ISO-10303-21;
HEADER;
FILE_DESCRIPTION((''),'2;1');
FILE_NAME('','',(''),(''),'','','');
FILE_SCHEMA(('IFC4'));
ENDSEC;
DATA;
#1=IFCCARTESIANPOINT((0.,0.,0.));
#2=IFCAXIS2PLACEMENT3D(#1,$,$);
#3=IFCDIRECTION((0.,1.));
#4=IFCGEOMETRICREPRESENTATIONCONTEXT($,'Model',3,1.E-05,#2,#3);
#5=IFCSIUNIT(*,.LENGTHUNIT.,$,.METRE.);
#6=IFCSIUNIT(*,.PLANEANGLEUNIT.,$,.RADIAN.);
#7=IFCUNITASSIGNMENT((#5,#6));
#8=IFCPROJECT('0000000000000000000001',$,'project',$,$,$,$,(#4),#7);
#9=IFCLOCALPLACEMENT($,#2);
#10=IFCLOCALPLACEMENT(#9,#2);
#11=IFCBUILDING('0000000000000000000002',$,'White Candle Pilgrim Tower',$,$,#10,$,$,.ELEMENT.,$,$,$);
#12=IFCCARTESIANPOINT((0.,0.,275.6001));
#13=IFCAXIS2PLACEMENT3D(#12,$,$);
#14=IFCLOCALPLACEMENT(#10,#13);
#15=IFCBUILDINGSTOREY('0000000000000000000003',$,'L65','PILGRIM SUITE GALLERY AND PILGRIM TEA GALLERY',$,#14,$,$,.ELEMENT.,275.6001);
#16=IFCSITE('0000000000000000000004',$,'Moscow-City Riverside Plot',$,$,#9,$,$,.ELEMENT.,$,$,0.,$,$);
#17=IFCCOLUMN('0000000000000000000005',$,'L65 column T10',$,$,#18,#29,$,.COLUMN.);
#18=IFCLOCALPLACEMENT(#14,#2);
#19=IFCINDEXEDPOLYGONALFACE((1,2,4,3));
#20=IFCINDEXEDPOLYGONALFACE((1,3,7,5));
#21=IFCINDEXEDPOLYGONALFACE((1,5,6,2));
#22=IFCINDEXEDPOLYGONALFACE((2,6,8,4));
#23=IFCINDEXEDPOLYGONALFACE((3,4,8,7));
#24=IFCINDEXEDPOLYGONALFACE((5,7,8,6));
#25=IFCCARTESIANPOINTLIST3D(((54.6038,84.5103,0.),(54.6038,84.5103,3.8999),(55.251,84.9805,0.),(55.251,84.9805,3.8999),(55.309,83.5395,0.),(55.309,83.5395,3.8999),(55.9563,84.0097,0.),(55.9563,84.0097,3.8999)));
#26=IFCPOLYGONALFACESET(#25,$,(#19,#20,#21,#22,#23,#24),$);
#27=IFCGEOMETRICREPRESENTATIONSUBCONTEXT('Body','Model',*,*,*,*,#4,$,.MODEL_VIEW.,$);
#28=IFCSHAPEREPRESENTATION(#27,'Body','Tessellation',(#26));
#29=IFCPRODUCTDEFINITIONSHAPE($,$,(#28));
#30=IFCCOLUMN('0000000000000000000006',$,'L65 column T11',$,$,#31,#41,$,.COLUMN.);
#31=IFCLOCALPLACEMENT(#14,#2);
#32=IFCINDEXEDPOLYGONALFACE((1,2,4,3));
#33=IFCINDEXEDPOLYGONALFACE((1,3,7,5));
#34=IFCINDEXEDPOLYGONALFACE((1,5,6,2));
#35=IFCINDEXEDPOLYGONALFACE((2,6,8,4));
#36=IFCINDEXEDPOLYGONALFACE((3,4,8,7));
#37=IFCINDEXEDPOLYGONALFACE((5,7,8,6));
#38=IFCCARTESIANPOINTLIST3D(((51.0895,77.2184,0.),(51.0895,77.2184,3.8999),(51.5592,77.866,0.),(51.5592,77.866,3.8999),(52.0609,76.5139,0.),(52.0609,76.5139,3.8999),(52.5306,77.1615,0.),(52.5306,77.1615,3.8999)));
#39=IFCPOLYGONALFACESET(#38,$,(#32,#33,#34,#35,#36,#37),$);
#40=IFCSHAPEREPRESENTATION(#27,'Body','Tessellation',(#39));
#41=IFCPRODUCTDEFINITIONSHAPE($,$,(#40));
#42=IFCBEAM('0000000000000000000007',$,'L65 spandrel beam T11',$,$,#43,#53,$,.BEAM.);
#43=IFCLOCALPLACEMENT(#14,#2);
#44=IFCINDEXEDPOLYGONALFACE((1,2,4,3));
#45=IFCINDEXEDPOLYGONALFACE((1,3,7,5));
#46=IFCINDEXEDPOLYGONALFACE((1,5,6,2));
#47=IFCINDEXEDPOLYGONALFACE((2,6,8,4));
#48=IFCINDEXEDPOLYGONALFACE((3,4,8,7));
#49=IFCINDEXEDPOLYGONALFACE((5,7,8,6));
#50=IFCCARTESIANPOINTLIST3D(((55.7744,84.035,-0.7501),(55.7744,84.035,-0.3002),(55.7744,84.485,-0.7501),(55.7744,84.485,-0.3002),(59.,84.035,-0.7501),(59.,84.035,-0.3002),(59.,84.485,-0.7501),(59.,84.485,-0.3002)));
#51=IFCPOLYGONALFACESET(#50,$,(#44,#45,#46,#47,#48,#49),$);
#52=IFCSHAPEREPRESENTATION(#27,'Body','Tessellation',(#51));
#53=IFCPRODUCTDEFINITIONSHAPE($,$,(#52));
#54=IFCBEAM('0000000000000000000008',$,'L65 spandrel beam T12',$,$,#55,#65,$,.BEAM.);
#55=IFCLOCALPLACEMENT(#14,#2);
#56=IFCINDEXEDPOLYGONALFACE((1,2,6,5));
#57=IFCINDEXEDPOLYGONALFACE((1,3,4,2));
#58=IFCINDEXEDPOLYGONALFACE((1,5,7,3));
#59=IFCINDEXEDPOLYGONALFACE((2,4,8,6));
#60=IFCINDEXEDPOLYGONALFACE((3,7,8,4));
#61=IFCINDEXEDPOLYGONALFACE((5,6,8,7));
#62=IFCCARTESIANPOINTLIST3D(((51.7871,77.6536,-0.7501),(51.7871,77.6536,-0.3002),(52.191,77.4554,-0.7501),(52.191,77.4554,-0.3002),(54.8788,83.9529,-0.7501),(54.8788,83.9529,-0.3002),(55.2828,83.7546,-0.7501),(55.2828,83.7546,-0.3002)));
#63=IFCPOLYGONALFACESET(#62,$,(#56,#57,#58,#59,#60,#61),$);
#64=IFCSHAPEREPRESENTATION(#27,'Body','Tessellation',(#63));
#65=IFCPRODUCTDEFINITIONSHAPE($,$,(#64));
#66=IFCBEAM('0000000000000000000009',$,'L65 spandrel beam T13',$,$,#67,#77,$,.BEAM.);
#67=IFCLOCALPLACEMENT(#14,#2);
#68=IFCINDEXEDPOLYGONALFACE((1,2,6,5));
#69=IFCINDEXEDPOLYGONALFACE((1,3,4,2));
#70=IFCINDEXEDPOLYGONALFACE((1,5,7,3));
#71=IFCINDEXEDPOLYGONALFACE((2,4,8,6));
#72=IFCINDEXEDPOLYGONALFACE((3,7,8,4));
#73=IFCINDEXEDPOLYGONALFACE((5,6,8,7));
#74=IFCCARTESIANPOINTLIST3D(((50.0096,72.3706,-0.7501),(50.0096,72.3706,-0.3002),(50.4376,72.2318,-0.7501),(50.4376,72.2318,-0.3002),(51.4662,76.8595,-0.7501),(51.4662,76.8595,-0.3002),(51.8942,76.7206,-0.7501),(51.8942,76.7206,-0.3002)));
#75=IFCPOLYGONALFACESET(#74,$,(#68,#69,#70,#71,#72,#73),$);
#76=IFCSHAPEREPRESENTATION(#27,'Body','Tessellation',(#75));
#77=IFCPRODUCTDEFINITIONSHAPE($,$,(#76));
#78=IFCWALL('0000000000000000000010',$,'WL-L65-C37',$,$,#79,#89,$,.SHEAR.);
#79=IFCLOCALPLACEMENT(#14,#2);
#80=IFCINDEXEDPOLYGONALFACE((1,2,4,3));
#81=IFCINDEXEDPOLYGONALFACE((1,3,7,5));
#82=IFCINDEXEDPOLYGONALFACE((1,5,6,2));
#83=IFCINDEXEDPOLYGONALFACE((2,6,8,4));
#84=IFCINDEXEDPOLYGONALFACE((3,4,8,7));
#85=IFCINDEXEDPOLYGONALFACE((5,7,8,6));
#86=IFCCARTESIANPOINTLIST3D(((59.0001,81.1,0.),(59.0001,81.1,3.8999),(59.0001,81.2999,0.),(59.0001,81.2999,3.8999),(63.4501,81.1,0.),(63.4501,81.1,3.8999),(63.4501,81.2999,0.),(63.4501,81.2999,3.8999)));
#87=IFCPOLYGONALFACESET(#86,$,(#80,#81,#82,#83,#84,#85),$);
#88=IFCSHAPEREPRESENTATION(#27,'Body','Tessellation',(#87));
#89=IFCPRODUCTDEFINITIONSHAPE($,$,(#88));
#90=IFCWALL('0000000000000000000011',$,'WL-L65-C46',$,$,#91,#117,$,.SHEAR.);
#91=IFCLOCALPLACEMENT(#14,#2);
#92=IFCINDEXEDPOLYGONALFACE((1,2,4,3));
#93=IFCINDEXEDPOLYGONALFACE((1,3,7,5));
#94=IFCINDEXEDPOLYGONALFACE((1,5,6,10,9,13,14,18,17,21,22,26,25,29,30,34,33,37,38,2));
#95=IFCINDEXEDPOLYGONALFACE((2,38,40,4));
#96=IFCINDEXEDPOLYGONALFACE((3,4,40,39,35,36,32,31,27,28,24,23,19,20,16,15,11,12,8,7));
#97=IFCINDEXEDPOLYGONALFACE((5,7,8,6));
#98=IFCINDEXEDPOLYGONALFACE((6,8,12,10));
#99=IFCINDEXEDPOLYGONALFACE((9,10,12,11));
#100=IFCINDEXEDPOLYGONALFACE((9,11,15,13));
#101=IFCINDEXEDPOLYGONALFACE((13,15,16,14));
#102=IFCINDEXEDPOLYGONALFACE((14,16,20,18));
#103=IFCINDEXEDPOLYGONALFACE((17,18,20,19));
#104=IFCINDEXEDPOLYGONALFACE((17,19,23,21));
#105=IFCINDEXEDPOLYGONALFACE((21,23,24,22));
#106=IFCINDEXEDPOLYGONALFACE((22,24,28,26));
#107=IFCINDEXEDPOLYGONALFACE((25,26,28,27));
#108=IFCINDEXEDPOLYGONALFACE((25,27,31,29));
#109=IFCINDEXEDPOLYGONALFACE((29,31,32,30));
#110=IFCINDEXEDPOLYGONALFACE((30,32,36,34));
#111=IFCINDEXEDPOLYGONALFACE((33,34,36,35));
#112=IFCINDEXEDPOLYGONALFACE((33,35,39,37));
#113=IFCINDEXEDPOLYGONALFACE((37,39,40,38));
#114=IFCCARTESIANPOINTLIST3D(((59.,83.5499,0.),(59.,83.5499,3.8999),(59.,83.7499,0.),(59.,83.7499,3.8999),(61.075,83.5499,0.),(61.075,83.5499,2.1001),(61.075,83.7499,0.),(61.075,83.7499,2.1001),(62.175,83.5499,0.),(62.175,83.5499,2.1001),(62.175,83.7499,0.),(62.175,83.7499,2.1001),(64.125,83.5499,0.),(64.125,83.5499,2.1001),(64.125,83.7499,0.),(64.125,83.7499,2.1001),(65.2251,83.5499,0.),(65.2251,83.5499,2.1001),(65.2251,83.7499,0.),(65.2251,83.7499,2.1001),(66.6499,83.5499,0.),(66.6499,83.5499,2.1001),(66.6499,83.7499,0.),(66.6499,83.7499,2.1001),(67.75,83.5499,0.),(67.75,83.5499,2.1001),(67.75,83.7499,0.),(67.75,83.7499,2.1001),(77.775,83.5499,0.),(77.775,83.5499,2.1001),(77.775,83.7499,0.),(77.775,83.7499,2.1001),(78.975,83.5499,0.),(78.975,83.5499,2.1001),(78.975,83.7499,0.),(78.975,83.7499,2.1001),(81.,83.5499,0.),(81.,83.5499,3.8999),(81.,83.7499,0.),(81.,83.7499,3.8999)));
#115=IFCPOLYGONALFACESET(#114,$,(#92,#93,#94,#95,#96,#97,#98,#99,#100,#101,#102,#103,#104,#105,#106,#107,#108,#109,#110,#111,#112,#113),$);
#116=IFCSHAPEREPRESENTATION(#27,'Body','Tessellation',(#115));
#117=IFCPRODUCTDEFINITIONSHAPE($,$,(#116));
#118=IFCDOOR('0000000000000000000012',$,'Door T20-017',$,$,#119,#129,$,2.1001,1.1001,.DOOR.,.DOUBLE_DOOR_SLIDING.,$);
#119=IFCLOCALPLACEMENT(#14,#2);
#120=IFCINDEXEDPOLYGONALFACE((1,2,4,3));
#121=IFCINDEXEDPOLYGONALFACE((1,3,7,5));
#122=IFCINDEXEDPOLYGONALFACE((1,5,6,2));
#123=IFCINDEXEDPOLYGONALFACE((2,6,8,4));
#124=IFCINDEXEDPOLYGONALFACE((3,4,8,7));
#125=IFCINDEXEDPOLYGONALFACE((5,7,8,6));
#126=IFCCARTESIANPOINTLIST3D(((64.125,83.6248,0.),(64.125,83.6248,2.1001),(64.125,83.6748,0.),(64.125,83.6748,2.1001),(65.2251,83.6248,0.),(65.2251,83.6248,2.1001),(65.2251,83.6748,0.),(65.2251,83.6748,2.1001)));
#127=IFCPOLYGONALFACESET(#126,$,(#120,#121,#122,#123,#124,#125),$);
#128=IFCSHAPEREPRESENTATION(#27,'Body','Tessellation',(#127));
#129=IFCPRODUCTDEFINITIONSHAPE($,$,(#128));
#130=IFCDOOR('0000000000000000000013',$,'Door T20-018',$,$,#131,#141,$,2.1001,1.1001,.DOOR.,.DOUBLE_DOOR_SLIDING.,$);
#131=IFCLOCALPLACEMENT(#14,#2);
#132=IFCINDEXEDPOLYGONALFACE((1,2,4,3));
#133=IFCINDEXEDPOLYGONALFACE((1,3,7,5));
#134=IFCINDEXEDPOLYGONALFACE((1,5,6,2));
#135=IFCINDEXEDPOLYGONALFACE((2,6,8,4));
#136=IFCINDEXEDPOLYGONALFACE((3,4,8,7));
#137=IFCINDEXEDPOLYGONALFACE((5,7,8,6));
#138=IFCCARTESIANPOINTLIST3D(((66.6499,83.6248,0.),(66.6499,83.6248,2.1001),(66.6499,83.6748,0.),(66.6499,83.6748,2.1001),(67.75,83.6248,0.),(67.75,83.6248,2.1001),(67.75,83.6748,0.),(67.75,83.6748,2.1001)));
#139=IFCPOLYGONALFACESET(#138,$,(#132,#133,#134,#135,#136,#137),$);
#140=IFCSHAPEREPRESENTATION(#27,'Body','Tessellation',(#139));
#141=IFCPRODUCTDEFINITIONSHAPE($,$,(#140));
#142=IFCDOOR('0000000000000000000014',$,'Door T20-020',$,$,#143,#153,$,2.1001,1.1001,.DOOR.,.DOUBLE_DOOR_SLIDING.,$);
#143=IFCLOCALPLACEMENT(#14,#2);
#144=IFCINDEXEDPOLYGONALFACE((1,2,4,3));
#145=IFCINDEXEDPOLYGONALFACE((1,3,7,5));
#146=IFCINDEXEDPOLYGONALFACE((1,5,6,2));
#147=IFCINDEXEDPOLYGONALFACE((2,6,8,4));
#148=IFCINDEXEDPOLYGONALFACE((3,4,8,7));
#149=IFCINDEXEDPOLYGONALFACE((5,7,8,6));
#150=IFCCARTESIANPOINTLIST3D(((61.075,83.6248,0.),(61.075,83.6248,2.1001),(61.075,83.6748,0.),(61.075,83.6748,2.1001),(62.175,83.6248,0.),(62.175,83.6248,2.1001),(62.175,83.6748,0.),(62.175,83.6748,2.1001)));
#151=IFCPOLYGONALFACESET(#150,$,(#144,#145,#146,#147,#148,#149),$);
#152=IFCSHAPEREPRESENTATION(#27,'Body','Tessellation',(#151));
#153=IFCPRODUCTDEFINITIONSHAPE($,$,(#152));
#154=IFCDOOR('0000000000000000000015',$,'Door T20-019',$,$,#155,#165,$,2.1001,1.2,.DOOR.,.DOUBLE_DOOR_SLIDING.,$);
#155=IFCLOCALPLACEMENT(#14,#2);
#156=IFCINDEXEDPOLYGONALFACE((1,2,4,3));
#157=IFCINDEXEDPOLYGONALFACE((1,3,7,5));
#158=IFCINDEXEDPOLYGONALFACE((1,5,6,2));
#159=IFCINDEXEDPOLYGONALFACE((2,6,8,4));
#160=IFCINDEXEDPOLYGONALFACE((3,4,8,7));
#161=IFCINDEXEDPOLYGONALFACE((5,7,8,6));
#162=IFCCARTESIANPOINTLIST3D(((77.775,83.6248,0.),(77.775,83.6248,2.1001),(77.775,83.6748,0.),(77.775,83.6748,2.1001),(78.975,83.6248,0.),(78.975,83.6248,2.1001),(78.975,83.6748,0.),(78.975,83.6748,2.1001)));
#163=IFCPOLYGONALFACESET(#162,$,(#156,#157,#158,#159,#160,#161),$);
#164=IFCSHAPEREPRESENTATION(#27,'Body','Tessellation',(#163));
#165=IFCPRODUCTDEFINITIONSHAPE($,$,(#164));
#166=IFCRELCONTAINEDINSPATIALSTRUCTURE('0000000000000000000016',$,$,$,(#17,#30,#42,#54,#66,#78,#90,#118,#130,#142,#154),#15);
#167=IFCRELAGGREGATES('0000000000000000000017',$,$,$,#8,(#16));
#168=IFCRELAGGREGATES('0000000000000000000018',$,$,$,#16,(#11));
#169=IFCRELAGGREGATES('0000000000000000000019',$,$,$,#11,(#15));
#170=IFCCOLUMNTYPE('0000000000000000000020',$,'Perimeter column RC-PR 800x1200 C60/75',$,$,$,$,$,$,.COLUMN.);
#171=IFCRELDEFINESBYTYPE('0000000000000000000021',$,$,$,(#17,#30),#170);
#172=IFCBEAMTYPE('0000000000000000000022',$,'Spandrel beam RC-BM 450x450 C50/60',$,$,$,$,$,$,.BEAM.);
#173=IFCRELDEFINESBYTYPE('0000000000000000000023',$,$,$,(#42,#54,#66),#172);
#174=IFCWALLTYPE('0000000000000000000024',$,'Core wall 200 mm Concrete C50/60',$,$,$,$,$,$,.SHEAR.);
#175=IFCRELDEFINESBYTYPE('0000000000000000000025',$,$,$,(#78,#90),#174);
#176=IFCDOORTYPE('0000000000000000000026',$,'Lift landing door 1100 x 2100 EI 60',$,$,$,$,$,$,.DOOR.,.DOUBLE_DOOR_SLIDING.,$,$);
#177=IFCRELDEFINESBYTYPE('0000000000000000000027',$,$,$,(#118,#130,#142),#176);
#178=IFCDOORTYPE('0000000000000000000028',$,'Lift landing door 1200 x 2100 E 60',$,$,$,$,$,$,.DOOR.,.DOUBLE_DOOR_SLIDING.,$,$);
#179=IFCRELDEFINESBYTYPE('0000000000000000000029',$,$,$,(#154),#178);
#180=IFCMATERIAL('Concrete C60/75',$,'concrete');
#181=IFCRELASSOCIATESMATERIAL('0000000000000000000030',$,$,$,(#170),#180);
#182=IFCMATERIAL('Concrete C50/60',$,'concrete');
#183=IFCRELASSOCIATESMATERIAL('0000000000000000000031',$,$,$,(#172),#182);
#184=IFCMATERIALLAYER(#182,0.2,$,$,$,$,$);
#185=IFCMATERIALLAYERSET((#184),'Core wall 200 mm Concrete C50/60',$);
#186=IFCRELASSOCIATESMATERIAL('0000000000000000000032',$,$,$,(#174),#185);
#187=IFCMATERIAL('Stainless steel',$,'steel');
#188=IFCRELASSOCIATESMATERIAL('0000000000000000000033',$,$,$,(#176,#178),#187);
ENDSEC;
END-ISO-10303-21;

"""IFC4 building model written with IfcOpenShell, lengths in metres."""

from ifc_helpers import new_model, si_unit, direction, frame, frame_2d, origin, origin_2d, place, context, subcontext, project, spatial, rectangle, extrude, material, layer, layer_set, material_profile, profile_set, type_object, element, fill, save


model = new_model("IFC4")

# Units and contexts
model_context = context("Model", 3, precision=1e-05, world=origin(), true_north=direction((0.0, 1.0)))
body_context = subcontext(model_context, "Body", "Model", "MODEL_VIEW")
ifc_project = project(units=[si_unit("LENGTHUNIT", "METRE"), si_unit("PLANEANGLEUNIT", "RADIAN")], contexts=[model_context])

# Site, building, storey
site_placement = place(None, origin())
site = spatial("IfcSite", under=ifc_project, at=site_placement, Name="Moscow-City Riverside Plot", CompositionType="ELEMENT", RefElevation=0.0)
building_placement = place(site_placement, origin())
building = spatial("IfcBuilding", under=site, at=building_placement, Name="White Candle Pilgrim Tower", CompositionType="ELEMENT")
storey_placement = place(building_placement, frame((0.0, 0.0, 275.6001)))
storey = spatial("IfcBuildingStorey", under=building, at=storey_placement, Name="L65", Description="PILGRIM SUITE GALLERY AND PILGRIM TEA GALLERY", CompositionType="ELEMENT", Elevation=275.6001)

# Columns
ifc_material_1 = material(Name="Concrete C60/75", Category="concrete")
ifc_material_profile_1 = material_profile(ifc_material_1, rectangle(XDim=0.8, YDim=1.2, at=origin_2d()), Name="RC-PR 800x1200")
ifc_profile_set_1 = profile_set([ifc_material_profile_1], Name="Concrete C60/75")
column_type = type_object("IfcColumnType", Name="Perimeter column RC-PR 800x1200 C60/75", PredefinedType="COLUMN", material=ifc_profile_set_1)
for number, where, z_axis, x_axis, name in (
    (1, (55.28, 84.26, 0.0), (0.0, 0.0, 1.0), (0.809027, 0.587771, 0.0), "L65 column T10"),
    (2, (51.8101, 77.1899, 0.0), (0.0, 0.0, 1.0), (0.587107, 0.809509, 0.0), "L65 column T11"),
):
    element("IfcColumn", number, at=place(storey_placement, frame(where, z_axis=z_axis, x_axis=x_axis)), inside=storey, type_object=column_type, Name=name, PredefinedType="COLUMN", context=body_context, shape_type="SweptSolid", body=[
        extrude(rectangle(XDim=0.8, YDim=1.2, at=origin_2d()), origin(), (0.0, 0.0, 1.0), 3.8999),
    ])

# Beams
ifc_material_2 = material(Name="Concrete C50/60", Category="concrete")
ifc_material_profile_2 = material_profile(ifc_material_2, rectangle(XDim=0.45, YDim=0.45, at=origin_2d()), Name="RC-BM 450x450")
ifc_profile_set_2 = profile_set([ifc_material_profile_2], Name="Concrete C50/60")
beam_type = type_object("IfcBeamType", Name="Spandrel beam RC-BM 450x450 C50/60", PredefinedType="BEAM", material=ifc_profile_set_2)
beam_1_placement = place(storey_placement, frame((55.7744, 84.26, -0.5251), z_axis=(1.0, 0.0, 0.0), x_axis=(0.0, 1.0, 0.0)))
element("IfcBeam", 3, at=beam_1_placement, inside=storey, type_object=beam_type, Name="L65 spandrel beam T11", PredefinedType="BEAM", context=body_context, shape_type="SweptSolid", body=[
    extrude(rectangle(XDim=0.45, YDim=0.45, at=origin_2d()), origin(), (0.0, 0.0, 1.0), 3.2256),
])
beam_2_placement = place(storey_placement, frame((55.0808, 83.8538, -0.5251), z_axis=(-0.440605, -0.897701, 0.0), x_axis=(0.897701, -0.440605, 0.0)))
element("IfcBeam", 4, at=beam_2_placement, inside=storey, type_object=beam_type, Name="L65 spandrel beam T12", PredefinedType="BEAM", context=body_context, shape_type="SweptSolid", body=[
    extrude(rectangle(XDim=0.45, YDim=0.45, at=origin_2d()), origin(), (0.0, 0.0, 1.0), 7.0171),
])
beam_3_placement = place(storey_placement, frame((51.6802, 76.79, -0.5251), z_axis=(-0.308644, -0.951178, 0.0), x_axis=(0.951178, -0.308644, 0.0)))
element("IfcBeam", 5, at=beam_3_placement, inside=storey, type_object=beam_type, Name="L65 spandrel beam T13", PredefinedType="BEAM", context=body_context, shape_type="SweptSolid", body=[
    extrude(rectangle(XDim=0.45, YDim=0.45, at=origin_2d()), origin(), (0.0, 0.0, 1.0), 4.7192),
])

# Wall
ifc_layer_1 = layer(ifc_material_2, 0.2)
ifc_layer_set_1 = layer_set([ifc_layer_1], Name="Core wall 200 mm Concrete C50/60")
wall_type_1 = type_object("IfcWallType", Name="Core wall 200 mm Concrete C50/60", PredefinedType="SHEAR", material=ifc_layer_set_1)
wall_1_placement = place(storey_placement, frame((59.0, 81.2, 0.0), z_axis=(0.0, 0.0, 1.0), x_axis=(1.0, 0.0, 0.0)))
element("IfcWall", 6, at=wall_1_placement, inside=storey, type_object=wall_type_1, Name="WL-L65-C37", PredefinedType="SHEAR", context=body_context, shape_type="SweptSolid", body=[
    extrude(rectangle(XDim=4.45, YDim=0.2, at=frame_2d((2.2251, 0.0))), origin(), (0.0, 0.0, 1.0), 3.8999),
])

# Wall, openings, doors
wall_2_placement = place(storey_placement, frame((59.0, 83.6499, 0.0), z_axis=(0.0, 0.0, 1.0), x_axis=(1.0, 0.0, 0.0)))
wall_2 = element("IfcWall", 7, at=wall_2_placement, inside=storey, type_object=wall_type_1, Name="WL-L65-C46", PredefinedType="SHEAR", context=body_context, shape_type="SweptSolid", body=[
    extrude(rectangle(XDim=22.0, YDim=0.2, at=frame_2d((11.0, 0.0))), origin(), (0.0, 0.0, 1.0), 3.8999),
])
opening_1_placement = place(wall_2_placement, frame((5.125, 0.0, 0.0)))
opening_1 = element("IfcOpeningElement", 8, at=opening_1_placement, cuts=wall_2, PredefinedType="OPENING", context=body_context, shape_type="SweptSolid", body=[
    extrude(rectangle(XDim=1.1001, YDim=2.1001, at=frame_2d((0.55, 1.05))), frame((0.0, 0.1099, 0.0), z_axis=(0.0, -1.0, 0.0), x_axis=(1.0, 0.0, 0.0)), (0.0, 0.0, 1.0), 0.22),
])
opening_2_placement = place(wall_2_placement, frame((7.6499, 0.0, 0.0)))
opening_2 = element("IfcOpeningElement", 9, at=opening_2_placement, cuts=wall_2, PredefinedType="OPENING", context=body_context, shape_type="SweptSolid", body=[
    extrude(rectangle(XDim=1.1001, YDim=2.1001, at=frame_2d((0.55, 1.05))), frame((0.0, 0.1099, 0.0), z_axis=(0.0, -1.0, 0.0), x_axis=(1.0, 0.0, 0.0)), (0.0, 0.0, 1.0), 0.22),
])
opening_3_placement = place(wall_2_placement, frame((18.7749, 0.0, 0.0)))
opening_3 = element("IfcOpeningElement", 10, at=opening_3_placement, cuts=wall_2, PredefinedType="OPENING", context=body_context, shape_type="SweptSolid", body=[
    extrude(rectangle(XDim=1.2, YDim=2.1001, at=frame_2d((0.6001, 1.05))), frame((0.0, 0.1099, 0.0), z_axis=(0.0, -1.0, 0.0), x_axis=(1.0, 0.0, 0.0)), (0.0, 0.0, 1.0), 0.22),
])
opening_4_placement = place(wall_2_placement, frame((2.075, 0.0, 0.0)))
opening_4 = element("IfcOpeningElement", 11, at=opening_4_placement, cuts=wall_2, PredefinedType="OPENING", context=body_context, shape_type="SweptSolid", body=[
    extrude(rectangle(XDim=1.1001, YDim=2.1001, at=frame_2d((0.55, 1.05))), frame((0.0, 0.1099, 0.0), z_axis=(0.0, -1.0, 0.0), x_axis=(1.0, 0.0, 0.0)), (0.0, 0.0, 1.0), 0.22),
])
ifc_material_3 = material(Name="Stainless steel", Category="steel")
door_type_1 = type_object("IfcDoorType", Name="Lift landing door 1100 x 2100 EI 60", OperationType="DOUBLE_DOOR_SLIDING", PredefinedType="DOOR", material=ifc_material_3)
door_1_placement = place(opening_1_placement, origin())
door_1 = element("IfcDoor", 12, at=door_1_placement, inside=storey, type_object=door_type_1, Name="Door T20-017", OperationType="DOUBLE_DOOR_SLIDING", OverallHeight=2.1001, OverallWidth=1.1001, PredefinedType="DOOR", context=body_context, shape_type="SweptSolid", body=[
    extrude(rectangle(XDim=1.1001, YDim=2.1001, at=frame_2d((0.55, 1.05))), frame((0.0, 0.0249, 0.0), z_axis=(0.0, -1.0, 0.0), x_axis=(1.0, 0.0, 0.0)), (0.0, 0.0, 1.0), 0.05),
])
fill(opening_1, door_1)
door_2_placement = place(opening_2_placement, origin())
door_2 = element("IfcDoor", 13, at=door_2_placement, inside=storey, type_object=door_type_1, Name="Door T20-018", OperationType="DOUBLE_DOOR_SLIDING", OverallHeight=2.1001, OverallWidth=1.1001, PredefinedType="DOOR", context=body_context, shape_type="SweptSolid", body=[
    extrude(rectangle(XDim=1.1001, YDim=2.1001, at=frame_2d((0.55, 1.05))), frame((0.0, 0.0249, 0.0), z_axis=(0.0, -1.0, 0.0), x_axis=(1.0, 0.0, 0.0)), (0.0, 0.0, 1.0), 0.05),
])
fill(opening_2, door_2)
door_3_placement = place(opening_4_placement, origin())
door_3 = element("IfcDoor", 14, at=door_3_placement, inside=storey, type_object=door_type_1, Name="Door T20-020", OperationType="DOUBLE_DOOR_SLIDING", OverallHeight=2.1001, OverallWidth=1.1001, PredefinedType="DOOR", context=body_context, shape_type="SweptSolid", body=[
    extrude(rectangle(XDim=1.1001, YDim=2.1001, at=frame_2d((0.55, 1.05))), frame((0.0, 0.0249, 0.0), z_axis=(0.0, -1.0, 0.0), x_axis=(1.0, 0.0, 0.0)), (0.0, 0.0, 1.0), 0.05),
])
fill(opening_4, door_3)
door_type_2 = type_object("IfcDoorType", Name="Lift landing door 1200 x 2100 E 60", OperationType="DOUBLE_DOOR_SLIDING", PredefinedType="DOOR", material=ifc_material_3)
door_4_placement = place(opening_3_placement, origin())
door_4 = element("IfcDoor", 15, at=door_4_placement, inside=storey, type_object=door_type_2, Name="Door T20-019", OperationType="DOUBLE_DOOR_SLIDING", OverallHeight=2.1001, OverallWidth=1.2, PredefinedType="DOOR", context=body_context, shape_type="SweptSolid", body=[
    extrude(rectangle(XDim=1.2, YDim=2.1001, at=frame_2d((0.6001, 1.05))), frame((0.0, 0.0249, 0.0), z_axis=(0.0, -1.0, 0.0), x_axis=(1.0, 0.0, 0.0)), (0.0, 0.0, 1.0), 0.05),
])
fill(opening_3, door_4)

save(model, "model.ifc")
